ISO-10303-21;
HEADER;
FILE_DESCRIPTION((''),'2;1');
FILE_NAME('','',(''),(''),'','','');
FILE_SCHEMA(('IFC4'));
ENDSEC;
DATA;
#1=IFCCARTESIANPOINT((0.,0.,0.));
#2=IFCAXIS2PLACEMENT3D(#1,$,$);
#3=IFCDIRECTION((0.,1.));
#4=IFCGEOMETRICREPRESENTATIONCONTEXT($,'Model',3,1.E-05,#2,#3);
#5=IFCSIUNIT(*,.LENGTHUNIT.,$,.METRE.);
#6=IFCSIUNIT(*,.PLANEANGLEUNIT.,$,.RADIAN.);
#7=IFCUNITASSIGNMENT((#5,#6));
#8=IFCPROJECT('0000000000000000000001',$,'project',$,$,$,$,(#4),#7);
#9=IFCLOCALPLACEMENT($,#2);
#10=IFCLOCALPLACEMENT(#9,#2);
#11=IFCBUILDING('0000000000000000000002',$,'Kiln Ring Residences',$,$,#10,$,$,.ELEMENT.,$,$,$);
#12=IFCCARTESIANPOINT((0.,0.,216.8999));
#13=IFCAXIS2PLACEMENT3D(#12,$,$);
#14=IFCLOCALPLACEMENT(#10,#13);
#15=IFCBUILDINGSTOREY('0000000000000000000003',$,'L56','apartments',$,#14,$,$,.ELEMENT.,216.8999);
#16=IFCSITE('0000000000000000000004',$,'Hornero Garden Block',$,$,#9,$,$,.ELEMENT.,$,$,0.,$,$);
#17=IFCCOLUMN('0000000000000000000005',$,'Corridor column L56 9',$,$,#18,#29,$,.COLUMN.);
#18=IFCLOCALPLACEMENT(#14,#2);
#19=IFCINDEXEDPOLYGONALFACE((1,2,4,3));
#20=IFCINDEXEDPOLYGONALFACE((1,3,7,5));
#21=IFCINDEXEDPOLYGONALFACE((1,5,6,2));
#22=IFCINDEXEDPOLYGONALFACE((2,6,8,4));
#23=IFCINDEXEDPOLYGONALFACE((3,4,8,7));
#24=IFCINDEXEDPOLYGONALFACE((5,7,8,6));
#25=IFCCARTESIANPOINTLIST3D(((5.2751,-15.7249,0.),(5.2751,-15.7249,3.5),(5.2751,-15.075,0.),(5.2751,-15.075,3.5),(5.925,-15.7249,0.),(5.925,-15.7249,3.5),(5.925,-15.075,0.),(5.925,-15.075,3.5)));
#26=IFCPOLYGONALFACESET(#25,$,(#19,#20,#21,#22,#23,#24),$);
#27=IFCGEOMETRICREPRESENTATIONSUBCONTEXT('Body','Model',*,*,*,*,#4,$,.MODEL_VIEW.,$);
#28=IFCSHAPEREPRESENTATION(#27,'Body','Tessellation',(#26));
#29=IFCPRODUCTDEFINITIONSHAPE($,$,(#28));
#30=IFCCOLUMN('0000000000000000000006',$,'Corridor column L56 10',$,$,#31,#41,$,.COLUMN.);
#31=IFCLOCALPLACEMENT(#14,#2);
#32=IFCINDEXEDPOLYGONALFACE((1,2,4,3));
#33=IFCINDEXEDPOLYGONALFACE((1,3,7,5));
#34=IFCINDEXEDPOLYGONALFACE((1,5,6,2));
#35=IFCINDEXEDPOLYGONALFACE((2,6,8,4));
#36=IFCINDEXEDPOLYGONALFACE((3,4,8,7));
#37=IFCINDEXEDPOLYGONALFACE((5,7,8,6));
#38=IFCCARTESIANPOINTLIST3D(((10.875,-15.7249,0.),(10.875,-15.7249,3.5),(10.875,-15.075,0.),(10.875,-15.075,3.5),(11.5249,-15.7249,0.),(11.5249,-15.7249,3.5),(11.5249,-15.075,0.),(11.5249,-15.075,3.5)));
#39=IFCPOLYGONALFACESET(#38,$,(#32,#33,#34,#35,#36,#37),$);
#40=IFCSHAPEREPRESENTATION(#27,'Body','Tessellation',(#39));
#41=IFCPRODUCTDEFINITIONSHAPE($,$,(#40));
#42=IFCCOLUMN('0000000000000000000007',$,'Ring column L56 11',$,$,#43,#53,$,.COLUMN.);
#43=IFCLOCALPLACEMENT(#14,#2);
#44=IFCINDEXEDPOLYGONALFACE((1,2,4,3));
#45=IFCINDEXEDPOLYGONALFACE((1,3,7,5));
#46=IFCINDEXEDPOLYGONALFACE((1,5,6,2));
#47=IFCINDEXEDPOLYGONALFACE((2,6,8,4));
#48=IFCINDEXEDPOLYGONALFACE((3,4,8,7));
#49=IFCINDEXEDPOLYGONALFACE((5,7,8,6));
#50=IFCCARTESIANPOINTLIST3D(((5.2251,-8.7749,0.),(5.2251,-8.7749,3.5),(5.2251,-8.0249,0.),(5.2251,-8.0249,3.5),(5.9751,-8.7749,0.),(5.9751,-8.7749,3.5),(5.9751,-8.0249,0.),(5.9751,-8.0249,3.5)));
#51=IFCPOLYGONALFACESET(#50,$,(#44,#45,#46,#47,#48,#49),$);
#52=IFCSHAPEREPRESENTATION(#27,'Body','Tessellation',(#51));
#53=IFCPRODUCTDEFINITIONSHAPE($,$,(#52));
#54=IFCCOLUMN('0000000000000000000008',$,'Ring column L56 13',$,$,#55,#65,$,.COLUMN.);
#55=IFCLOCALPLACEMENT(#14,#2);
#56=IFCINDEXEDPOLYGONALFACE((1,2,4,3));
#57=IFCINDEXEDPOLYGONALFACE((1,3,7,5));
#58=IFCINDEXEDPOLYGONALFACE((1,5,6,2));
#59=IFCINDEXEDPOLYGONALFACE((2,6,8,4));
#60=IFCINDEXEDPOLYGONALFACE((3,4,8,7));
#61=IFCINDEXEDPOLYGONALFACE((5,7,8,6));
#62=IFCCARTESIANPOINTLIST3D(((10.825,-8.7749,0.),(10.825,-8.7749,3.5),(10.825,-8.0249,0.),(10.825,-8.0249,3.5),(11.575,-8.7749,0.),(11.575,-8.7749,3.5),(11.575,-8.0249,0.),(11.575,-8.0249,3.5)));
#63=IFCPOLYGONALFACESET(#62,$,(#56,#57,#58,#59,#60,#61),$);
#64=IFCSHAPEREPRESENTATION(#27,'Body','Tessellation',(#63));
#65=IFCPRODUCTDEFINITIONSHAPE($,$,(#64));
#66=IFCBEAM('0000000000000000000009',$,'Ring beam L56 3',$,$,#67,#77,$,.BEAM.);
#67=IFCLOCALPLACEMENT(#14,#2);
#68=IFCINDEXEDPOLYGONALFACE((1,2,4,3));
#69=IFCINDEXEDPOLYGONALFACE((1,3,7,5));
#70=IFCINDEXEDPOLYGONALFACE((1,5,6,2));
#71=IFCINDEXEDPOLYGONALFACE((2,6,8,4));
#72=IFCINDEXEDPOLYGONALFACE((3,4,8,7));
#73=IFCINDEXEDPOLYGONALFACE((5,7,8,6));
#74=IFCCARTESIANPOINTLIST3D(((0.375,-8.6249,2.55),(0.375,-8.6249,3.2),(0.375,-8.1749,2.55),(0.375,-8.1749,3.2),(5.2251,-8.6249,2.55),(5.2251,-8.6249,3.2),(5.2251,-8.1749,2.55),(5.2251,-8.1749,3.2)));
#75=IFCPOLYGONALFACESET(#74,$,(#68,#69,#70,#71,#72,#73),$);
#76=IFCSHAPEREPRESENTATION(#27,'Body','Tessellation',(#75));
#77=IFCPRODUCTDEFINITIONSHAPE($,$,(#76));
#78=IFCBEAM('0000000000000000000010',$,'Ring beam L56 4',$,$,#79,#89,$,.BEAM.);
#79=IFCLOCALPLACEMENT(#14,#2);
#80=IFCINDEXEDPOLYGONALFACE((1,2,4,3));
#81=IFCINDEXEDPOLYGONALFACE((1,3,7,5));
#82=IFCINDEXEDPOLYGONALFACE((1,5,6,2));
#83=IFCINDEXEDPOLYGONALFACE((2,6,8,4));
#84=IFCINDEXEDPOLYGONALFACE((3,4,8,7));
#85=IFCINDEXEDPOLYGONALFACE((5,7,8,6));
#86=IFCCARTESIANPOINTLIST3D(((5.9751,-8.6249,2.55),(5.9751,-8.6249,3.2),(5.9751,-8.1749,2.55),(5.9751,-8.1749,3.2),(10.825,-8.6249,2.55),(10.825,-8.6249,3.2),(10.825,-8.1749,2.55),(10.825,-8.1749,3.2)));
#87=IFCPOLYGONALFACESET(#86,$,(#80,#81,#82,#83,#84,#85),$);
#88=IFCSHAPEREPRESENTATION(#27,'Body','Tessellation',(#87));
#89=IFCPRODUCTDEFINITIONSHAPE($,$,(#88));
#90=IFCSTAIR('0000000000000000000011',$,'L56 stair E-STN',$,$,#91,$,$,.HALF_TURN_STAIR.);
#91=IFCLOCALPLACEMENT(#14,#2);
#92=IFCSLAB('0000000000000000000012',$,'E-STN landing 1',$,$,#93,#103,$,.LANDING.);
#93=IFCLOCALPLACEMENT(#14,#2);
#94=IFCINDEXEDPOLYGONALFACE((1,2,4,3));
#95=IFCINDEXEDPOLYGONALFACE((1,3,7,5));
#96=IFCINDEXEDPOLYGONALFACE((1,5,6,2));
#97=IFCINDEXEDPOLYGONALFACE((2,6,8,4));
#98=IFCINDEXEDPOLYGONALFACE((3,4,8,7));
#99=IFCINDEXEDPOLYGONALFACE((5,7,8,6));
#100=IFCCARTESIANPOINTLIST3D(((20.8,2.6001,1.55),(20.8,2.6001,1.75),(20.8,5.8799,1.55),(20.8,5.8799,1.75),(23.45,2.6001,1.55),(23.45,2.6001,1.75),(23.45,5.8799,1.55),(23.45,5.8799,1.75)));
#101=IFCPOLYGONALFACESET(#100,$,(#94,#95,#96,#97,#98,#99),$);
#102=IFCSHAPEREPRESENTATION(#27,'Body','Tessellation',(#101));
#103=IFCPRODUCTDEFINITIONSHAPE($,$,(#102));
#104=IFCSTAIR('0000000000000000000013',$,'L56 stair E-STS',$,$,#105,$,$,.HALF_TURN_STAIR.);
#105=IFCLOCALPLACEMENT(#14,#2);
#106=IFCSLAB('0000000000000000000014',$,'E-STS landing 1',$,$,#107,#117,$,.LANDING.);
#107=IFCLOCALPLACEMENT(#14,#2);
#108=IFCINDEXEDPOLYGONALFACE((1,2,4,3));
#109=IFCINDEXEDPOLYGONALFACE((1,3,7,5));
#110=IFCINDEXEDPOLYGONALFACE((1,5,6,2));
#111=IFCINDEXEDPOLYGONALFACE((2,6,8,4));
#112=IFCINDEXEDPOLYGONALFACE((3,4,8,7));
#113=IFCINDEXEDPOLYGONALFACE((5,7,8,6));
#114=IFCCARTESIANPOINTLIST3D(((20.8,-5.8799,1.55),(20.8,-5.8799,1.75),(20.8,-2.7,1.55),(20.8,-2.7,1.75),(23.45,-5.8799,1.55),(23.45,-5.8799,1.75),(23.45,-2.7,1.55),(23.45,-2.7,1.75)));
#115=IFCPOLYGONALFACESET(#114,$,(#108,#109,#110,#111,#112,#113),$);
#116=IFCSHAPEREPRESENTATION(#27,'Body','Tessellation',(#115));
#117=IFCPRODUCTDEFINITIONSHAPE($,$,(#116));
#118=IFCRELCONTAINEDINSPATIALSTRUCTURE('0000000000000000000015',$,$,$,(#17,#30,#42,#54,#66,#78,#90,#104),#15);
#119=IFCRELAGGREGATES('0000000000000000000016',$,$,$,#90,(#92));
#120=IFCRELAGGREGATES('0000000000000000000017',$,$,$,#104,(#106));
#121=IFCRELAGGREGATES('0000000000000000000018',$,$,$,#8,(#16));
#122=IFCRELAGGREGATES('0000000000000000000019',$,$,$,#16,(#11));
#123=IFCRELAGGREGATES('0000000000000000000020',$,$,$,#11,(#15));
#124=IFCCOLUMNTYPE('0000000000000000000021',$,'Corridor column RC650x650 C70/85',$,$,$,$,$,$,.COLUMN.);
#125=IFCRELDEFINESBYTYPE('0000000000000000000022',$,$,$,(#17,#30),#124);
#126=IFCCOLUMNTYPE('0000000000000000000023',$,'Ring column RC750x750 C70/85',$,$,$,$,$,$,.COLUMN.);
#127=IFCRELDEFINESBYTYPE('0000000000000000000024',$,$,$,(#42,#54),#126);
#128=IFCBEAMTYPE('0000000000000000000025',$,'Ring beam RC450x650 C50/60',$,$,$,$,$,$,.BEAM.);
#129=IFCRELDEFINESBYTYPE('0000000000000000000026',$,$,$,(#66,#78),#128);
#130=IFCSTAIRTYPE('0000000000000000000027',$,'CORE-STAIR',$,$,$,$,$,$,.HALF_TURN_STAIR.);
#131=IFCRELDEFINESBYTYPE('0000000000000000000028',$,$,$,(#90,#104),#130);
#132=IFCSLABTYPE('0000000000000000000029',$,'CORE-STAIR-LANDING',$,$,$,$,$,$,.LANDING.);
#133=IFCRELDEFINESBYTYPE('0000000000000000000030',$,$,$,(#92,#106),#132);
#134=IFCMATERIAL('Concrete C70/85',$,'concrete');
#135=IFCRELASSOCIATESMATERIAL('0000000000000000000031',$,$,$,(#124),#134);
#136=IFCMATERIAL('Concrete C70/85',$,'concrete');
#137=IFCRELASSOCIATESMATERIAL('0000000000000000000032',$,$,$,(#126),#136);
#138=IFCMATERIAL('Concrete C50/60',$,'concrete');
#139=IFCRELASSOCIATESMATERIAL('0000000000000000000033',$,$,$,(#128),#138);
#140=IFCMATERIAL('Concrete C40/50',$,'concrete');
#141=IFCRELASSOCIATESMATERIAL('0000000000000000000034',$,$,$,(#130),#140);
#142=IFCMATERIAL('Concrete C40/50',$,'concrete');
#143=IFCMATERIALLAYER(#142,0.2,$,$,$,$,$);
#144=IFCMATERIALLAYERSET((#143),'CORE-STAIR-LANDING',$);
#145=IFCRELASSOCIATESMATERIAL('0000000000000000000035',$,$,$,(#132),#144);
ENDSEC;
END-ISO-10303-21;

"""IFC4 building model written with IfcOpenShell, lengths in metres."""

from ifc_helpers import new_model, si_unit, direction, frame, origin, origin_2d, place, context, subcontext, project, spatial, polyline, rectangle, outline, extrude, material, layer, layer_set, material_profile, profile_set, type_object, element, aggregate, save


model = new_model("IFC4")

# Units and contexts
model_context = context("Model", 3, precision=1e-05, world=origin(), true_north=direction((0.0, 1.0)))
body_context = subcontext(model_context, "Body", "Model", "MODEL_VIEW")
ifc_project = project(units=[si_unit("LENGTHUNIT", "METRE"), si_unit("PLANEANGLEUNIT", "RADIAN")], contexts=[model_context])

# Site, building, storey
site_placement = place(None, origin())
site = spatial("IfcSite", under=ifc_project, at=site_placement, Name="Hornero Garden Block", CompositionType="ELEMENT", RefElevation=0.0)
building_placement = place(site_placement, origin())
building = spatial("IfcBuilding", under=site, at=building_placement, Name="Kiln Ring Residences", CompositionType="ELEMENT")
storey_placement = place(building_placement, frame((0.0, 0.0, 216.8999)))
storey = spatial("IfcBuildingStorey", under=building, at=storey_placement, Name="L56", Description="apartments", CompositionType="ELEMENT", Elevation=216.8999)

# Columns
ifc_material_1 = material(Name="Concrete C70/85", Category="concrete")
ifc_material_profile_1 = material_profile(ifc_material_1, rectangle(XDim=0.6499, YDim=0.6499, at=origin_2d()), Name="RC650x650")
ifc_profile_set_1 = profile_set([ifc_material_profile_1], Name="Concrete C70/85")
column_type_1 = type_object("IfcColumnType", Name="Corridor column RC650x650 C70/85", PredefinedType="COLUMN", material=ifc_profile_set_1)
for number, where, z_axis, x_axis, name in (
    (1, (5.6001, -15.3999, 0.0), (0.0, 0.0, 1.0), (1.0, 0.0, 0.0), "Corridor column L56 9"),
    (2, (11.2, -15.3999, 0.0), (0.0, 0.0, 1.0), (1.0, 0.0, 0.0), "Corridor column L56 10"),
):
    element("IfcColumn", number, at=place(storey_placement, frame(where, z_axis=z_axis, x_axis=x_axis)), inside=storey, type_object=column_type_1, Name=name, PredefinedType="COLUMN", context=body_context, shape_type="SweptSolid", body=[
        extrude(rectangle(XDim=0.6499, YDim=0.6499, at=origin_2d()), origin(), (0.0, 0.0, 1.0), 3.5),
    ])
ifc_material_2 = material(Name="Concrete C70/85", Category="concrete")
ifc_material_profile_2 = material_profile(ifc_material_2, rectangle(XDim=0.75, YDim=0.75, at=origin_2d()), Name="RC750x750")
ifc_profile_set_2 = profile_set([ifc_material_profile_2], Name="Concrete C70/85")
column_type_2 = type_object("IfcColumnType", Name="Ring column RC750x750 C70/85", PredefinedType="COLUMN", material=ifc_profile_set_2)
for number, where, z_axis, x_axis, name in (
    (3, (5.6001, -8.3999, 0.0), (0.0, 0.0, 1.0), (1.0, 0.0, 0.0), "Ring column L56 11"),
    (4, (11.2, -8.3999, 0.0), (0.0, 0.0, 1.0), (1.0, 0.0, 0.0), "Ring column L56 13"),
):
    element("IfcColumn", number, at=place(storey_placement, frame(where, z_axis=z_axis, x_axis=x_axis)), inside=storey, type_object=column_type_2, Name=name, PredefinedType="COLUMN", context=body_context, shape_type="SweptSolid", body=[
        extrude(rectangle(XDim=0.75, YDim=0.75, at=origin_2d()), origin(), (0.0, 0.0, 1.0), 3.5),
    ])

# Beams
ifc_material_3 = material(Name="Concrete C50/60", Category="concrete")
ifc_material_profile_3 = material_profile(ifc_material_3, rectangle(XDim=0.45, YDim=0.6499, at=origin_2d()), Name="RC450x650")
ifc_profile_set_3 = profile_set([ifc_material_profile_3], Name="Concrete C50/60")
beam_type = type_object("IfcBeamType", Name="Ring beam RC450x650 C50/60", PredefinedType="BEAM", material=ifc_profile_set_3)
beam_1_placement = place(storey_placement, frame((0.375, -8.3999, 2.875), z_axis=(1.0, 0.0, 0.0), x_axis=(0.0, 1.0, 0.0)))
element("IfcBeam", 5, at=beam_1_placement, inside=storey, type_object=beam_type, Name="Ring beam L56 3", PredefinedType="BEAM", context=body_context, shape_type="SweptSolid", body=[
    extrude(rectangle(XDim=0.45, YDim=0.6499, at=origin_2d()), origin(), (0.0, 0.0, 1.0), 4.8501),
])
beam_2_placement = place(storey_placement, frame((5.9751, -8.3999, 2.875), z_axis=(1.0, 0.0, 0.0), x_axis=(0.0, 1.0, 0.0)))
element("IfcBeam", 6, at=beam_2_placement, inside=storey, type_object=beam_type, Name="Ring beam L56 4", PredefinedType="BEAM", context=body_context, shape_type="SweptSolid", body=[
    extrude(rectangle(XDim=0.45, YDim=0.6499, at=origin_2d()), origin(), (0.0, 0.0, 1.0), 4.8499),
])

# Stairs, slabs
ifc_material_4 = material(Name="Concrete C40/50", Category="concrete")
stair_type = type_object("IfcStairType", Name="CORE-STAIR", PredefinedType="HALF_TURN_STAIR", material=ifc_material_4)
placement_1 = place(storey_placement, origin())
stair_1 = element("IfcStair", 7, at=placement_1, inside=storey, type_object=stair_type, Name="L56 stair E-STN", PredefinedType="HALF_TURN_STAIR")
ifc_material_5 = material(Name="Concrete C40/50", Category="concrete")
ifc_layer_1 = layer(ifc_material_5, 0.2)
ifc_layer_set_1 = layer_set([ifc_layer_1], Name="CORE-STAIR-LANDING")
slab_type = type_object("IfcSlabType", Name="CORE-STAIR-LANDING", PredefinedType="LANDING", material=ifc_layer_set_1)
placement_2 = place(storey_placement, frame((0.0, 0.0, 1.55)))
slab_1 = element("IfcSlab", 8, at=placement_2, type_object=slab_type, Name="E-STN landing 1", PredefinedType="LANDING", context=body_context, shape_type="SweptSolid", body=[
    extrude(outline(polyline([(20.8, 5.8799), (20.8, 2.6001), (23.45, 2.6001), (23.45, 5.8799), (20.8, 5.8799)])), origin(), (0.0, 0.0, 1.0), 0.2),
])
aggregate(stair_1, [slab_1])
stair_2 = element("IfcStair", 9, at=placement_1, inside=storey, type_object=stair_type, Name="L56 stair E-STS", PredefinedType="HALF_TURN_STAIR")
slab_2 = element("IfcSlab", 10, at=placement_2, type_object=slab_type, Name="E-STS landing 1", PredefinedType="LANDING", context=body_context, shape_type="SweptSolid", body=[
    extrude(outline(polyline([(23.45, -5.8799), (23.45, -2.7), (20.8, -2.7), (20.8, -5.8799), (23.45, -5.8799)])), origin(), (0.0, 0.0, 1.0), 0.2),
])
aggregate(stair_2, [slab_2])

save(model, "model.ifc")
